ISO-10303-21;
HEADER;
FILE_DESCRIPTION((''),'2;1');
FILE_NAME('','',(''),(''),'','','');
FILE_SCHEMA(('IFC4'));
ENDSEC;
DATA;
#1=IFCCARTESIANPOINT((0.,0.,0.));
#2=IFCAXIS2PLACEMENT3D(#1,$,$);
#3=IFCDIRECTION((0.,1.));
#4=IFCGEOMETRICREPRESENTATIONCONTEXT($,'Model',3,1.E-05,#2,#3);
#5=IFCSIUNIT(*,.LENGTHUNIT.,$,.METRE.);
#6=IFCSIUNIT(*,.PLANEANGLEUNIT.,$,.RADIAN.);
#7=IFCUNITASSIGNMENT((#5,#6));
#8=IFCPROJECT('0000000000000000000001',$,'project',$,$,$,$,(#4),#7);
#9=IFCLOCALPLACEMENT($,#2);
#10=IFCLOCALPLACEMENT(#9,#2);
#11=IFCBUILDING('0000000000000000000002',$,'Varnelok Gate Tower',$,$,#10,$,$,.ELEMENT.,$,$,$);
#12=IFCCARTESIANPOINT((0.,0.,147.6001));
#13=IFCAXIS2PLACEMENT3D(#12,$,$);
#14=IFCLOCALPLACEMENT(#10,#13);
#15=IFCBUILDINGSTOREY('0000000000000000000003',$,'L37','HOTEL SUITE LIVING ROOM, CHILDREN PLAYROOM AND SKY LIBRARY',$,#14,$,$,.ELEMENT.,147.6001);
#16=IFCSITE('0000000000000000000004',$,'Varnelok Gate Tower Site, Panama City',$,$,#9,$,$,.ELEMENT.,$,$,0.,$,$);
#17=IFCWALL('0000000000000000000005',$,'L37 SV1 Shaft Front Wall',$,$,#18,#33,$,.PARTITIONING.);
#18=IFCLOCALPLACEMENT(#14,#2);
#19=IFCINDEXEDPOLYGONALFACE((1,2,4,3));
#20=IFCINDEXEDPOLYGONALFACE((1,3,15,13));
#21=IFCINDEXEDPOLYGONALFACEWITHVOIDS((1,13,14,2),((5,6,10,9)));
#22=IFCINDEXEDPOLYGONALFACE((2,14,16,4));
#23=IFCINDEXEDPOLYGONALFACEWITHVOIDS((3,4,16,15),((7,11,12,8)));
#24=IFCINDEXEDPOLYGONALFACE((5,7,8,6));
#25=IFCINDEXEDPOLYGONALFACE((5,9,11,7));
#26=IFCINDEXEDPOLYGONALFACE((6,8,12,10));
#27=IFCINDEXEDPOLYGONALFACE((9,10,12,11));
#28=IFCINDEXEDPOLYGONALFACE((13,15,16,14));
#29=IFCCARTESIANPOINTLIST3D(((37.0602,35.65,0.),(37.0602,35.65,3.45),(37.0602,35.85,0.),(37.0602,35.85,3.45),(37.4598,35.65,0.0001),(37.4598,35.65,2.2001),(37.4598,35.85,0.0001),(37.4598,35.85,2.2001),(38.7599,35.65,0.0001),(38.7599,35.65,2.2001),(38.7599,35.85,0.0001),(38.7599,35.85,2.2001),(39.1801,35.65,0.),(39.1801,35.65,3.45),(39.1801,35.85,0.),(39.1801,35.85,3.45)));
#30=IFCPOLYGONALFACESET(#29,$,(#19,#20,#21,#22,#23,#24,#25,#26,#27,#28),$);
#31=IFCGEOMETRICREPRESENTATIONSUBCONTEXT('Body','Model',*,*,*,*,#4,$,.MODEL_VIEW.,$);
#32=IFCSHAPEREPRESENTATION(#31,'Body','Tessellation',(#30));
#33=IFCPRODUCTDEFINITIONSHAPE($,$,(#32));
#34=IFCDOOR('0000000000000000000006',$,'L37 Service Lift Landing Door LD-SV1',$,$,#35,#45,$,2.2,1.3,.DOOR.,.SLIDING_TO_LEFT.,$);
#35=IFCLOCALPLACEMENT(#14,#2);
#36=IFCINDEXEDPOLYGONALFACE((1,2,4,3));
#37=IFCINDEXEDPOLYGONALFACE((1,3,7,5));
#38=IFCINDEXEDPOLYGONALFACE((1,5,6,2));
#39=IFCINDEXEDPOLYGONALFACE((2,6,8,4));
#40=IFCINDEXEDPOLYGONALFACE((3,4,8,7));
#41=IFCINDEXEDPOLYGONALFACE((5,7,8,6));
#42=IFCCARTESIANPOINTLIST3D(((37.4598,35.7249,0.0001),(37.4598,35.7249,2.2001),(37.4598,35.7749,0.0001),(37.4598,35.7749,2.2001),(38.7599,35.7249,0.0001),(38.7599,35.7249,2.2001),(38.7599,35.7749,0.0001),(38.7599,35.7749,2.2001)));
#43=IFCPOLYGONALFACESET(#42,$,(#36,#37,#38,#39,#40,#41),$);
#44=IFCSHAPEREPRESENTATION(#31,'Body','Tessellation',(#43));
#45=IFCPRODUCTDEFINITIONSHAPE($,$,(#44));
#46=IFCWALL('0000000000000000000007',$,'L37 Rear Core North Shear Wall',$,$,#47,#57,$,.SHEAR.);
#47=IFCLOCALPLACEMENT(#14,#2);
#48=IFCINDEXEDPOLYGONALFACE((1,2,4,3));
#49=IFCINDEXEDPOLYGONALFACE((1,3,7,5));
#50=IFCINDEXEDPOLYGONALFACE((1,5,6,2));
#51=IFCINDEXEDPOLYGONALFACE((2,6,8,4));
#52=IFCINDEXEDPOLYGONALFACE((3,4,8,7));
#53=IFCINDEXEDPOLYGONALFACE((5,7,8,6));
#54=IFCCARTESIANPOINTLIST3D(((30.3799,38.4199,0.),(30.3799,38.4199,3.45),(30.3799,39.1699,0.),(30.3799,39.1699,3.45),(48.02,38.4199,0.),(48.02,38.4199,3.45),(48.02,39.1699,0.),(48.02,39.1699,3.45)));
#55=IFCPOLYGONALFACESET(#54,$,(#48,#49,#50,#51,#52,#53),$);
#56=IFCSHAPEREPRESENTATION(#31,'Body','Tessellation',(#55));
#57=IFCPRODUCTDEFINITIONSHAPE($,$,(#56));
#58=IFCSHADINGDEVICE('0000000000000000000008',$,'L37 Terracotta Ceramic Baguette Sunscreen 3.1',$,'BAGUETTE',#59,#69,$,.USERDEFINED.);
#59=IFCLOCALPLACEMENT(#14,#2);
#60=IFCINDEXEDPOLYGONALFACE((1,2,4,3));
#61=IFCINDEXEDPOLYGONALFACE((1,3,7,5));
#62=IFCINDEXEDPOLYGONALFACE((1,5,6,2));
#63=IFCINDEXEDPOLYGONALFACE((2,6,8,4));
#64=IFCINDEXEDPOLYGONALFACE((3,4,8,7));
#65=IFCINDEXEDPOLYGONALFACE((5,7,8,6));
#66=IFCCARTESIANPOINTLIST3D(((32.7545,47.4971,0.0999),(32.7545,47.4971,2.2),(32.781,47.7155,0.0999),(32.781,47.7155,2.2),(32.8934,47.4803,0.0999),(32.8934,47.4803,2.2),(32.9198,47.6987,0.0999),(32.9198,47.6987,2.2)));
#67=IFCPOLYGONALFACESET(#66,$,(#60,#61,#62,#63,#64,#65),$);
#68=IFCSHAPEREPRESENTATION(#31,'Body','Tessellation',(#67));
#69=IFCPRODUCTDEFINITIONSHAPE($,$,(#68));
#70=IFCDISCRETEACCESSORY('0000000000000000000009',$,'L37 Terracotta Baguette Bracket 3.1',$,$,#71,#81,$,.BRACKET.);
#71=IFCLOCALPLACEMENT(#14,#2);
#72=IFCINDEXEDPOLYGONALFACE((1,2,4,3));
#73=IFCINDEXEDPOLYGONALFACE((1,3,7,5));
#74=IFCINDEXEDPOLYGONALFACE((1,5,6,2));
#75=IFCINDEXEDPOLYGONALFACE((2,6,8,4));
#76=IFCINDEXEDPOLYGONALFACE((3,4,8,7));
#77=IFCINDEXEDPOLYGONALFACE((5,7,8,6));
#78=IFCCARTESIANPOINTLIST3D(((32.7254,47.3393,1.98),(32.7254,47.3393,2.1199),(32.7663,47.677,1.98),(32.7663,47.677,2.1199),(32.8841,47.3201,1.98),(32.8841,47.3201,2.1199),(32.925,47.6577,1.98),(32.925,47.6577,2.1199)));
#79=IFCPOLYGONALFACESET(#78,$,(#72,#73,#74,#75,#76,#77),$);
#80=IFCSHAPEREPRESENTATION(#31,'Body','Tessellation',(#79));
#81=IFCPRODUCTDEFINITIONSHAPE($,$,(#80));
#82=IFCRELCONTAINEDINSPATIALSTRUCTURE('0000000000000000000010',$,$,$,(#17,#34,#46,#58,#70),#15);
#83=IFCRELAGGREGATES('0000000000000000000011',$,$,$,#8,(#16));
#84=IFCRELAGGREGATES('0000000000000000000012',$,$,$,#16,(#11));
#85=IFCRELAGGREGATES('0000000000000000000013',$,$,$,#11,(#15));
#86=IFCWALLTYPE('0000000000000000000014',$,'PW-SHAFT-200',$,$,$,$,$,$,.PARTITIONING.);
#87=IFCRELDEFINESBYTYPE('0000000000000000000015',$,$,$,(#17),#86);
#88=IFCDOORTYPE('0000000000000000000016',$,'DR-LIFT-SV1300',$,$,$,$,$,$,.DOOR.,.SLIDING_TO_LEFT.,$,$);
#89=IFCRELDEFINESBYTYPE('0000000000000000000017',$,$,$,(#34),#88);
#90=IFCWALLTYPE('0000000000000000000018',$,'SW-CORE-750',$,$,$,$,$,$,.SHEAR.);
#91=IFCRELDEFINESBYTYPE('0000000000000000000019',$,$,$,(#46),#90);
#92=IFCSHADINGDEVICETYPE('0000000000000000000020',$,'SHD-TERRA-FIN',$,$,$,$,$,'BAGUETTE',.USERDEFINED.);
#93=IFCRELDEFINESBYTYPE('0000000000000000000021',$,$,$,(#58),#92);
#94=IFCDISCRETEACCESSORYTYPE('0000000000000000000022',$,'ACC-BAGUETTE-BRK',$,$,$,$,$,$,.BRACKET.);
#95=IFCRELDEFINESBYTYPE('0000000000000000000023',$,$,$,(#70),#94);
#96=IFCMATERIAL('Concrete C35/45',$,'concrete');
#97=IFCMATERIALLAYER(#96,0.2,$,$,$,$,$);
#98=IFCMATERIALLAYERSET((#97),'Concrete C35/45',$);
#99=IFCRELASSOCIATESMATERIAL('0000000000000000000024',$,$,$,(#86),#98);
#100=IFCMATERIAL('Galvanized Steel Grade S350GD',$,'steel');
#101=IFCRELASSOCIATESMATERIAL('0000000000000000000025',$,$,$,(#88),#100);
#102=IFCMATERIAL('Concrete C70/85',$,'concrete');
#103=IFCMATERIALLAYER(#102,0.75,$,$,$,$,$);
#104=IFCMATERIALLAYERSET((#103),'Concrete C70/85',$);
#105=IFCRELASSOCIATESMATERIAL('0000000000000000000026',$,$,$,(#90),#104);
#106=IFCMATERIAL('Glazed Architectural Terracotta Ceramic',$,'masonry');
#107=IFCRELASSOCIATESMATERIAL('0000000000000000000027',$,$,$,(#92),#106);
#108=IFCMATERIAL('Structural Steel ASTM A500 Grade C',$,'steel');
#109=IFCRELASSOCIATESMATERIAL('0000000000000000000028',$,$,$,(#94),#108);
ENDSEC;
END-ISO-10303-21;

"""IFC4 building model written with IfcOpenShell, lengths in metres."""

from ifc_helpers import new_model, si_unit, direction, frame, frame_2d, origin, origin_2d, place, context, subcontext, project, spatial, rectangle, extrude, source, transform, mapped, material, layer, layer_set, type_object, element, fill, save


model = new_model("IFC4")

# Units and contexts
model_context = context("Model", 3, precision=1e-05, world=origin(), true_north=direction((0.0, 1.0)))
body_context = subcontext(model_context, "Body", "Model", "MODEL_VIEW")
ifc_project = project(units=[si_unit("LENGTHUNIT", "METRE"), si_unit("PLANEANGLEUNIT", "RADIAN")], contexts=[model_context])

# Site, building, storey
site_placement = place(None, origin())
site = spatial("IfcSite", under=ifc_project, at=site_placement, Name="Varnelok Gate Tower Site, Panama City", CompositionType="ELEMENT", RefElevation=0.0)
building_placement = place(site_placement, origin())
building = spatial("IfcBuilding", under=site, at=building_placement, Name="Varnelok Gate Tower", CompositionType="ELEMENT")
storey_placement = place(building_placement, frame((0.0, 0.0, 147.6001)))
storey = spatial("IfcBuildingStorey", under=building, at=storey_placement, Name="L37", Description="HOTEL SUITE LIVING ROOM, CHILDREN PLAYROOM AND SKY LIBRARY", CompositionType="ELEMENT", Elevation=147.6001)

# Shared definitions
ifc_material_1 = material(Name="Concrete C35/45", Category="concrete")
ifc_layer_1 = layer(ifc_material_1, 0.2)
ifc_layer_set_1 = layer_set([ifc_layer_1], Name="Concrete C35/45")
wall_type_1 = type_object("IfcWallType", Name="PW-SHAFT-200", PredefinedType="PARTITIONING", material=ifc_layer_set_1)

# Wall, opening, door
wall_1_placement = place(storey_placement, frame((37.0601, 35.75, 0.0), z_axis=(0.0, 0.0, 1.0), x_axis=(1.0, 0.0, 0.0)))
wall_1 = element("IfcWall", 1, at=wall_1_placement, inside=storey, type_object=wall_type_1, Name="L37 SV1 Shaft Front Wall", PredefinedType="PARTITIONING", context=body_context, shape_type="SweptSolid", body=[
    extrude(rectangle(XDim=2.1199, YDim=0.2, at=frame_2d((1.0601, 0.0))), origin(), (0.0, 0.0, 1.0), 3.45),
])
opening_1_placement = place(wall_1_placement, frame((0.3999, 0.0, 0.0)))
opening_1 = element("IfcOpeningElement", 2, at=opening_1_placement, cuts=wall_1, PredefinedType="OPENING", context=body_context, shape_type="SweptSolid", body=[
    extrude(rectangle(XDim=1.3, YDim=2.2, at=frame_2d((0.6499, 1.1001))), frame((0.0, 0.1099, 0.0), z_axis=(0.0, -1.0, 0.0), x_axis=(1.0, 0.0, 0.0)), (0.0, 0.0, 1.0), 0.22),
])
ifc_material_2 = material(Name="Galvanized Steel Grade S350GD", Category="steel")
door_type_1 = type_object("IfcDoorType", Name="DR-LIFT-SV1300", OperationType="SLIDING_TO_LEFT", PredefinedType="DOOR", material=ifc_material_2)
door_1_placement = place(opening_1_placement, origin())
door_1 = element("IfcDoor", 3, at=door_1_placement, inside=storey, type_object=door_type_1, Name="L37 Service Lift Landing Door LD-SV1", OperationType="SLIDING_TO_LEFT", OverallHeight=2.2, OverallWidth=1.3, PredefinedType="DOOR", context=body_context, shape_type="SweptSolid", body=[
    extrude(rectangle(XDim=1.3, YDim=2.2, at=frame_2d((0.6499, 1.1001))), frame((0.0, 0.0249, 0.0), z_axis=(0.0, -1.0, 0.0), x_axis=(1.0, 0.0, 0.0)), (0.0, 0.0, 1.0), 0.05),
])
fill(opening_1, door_1)

# Wall
ifc_material_3 = material(Name="Concrete C70/85", Category="concrete")
ifc_layer_2 = layer(ifc_material_3, 0.75)
ifc_layer_set_2 = layer_set([ifc_layer_2], Name="Concrete C70/85")
wall_type_2 = type_object("IfcWallType", Name="SW-CORE-750", PredefinedType="SHEAR", material=ifc_layer_set_2)
wall_2_placement = place(storey_placement, frame((30.3799, 38.7949, 0.0), z_axis=(0.0, 0.0, 1.0), x_axis=(1.0, 0.0, 0.0)))
element("IfcWall", 4, at=wall_2_placement, inside=storey, type_object=wall_type_2, Name="L37 Rear Core North Shear Wall", PredefinedType="SHEAR", context=body_context, shape_type="SweptSolid", body=[
    extrude(rectangle(XDim=17.6401, YDim=0.75, at=frame_2d((8.8201, 0.0))), origin(), (0.0, 0.0, 1.0), 3.45),
])

# Shading device
ifc_material_4 = material(Name="Glazed Architectural Terracotta Ceramic", Category="masonry")
shading_device_type = type_object("IfcShadingDeviceType", Name="SHD-TERRA-FIN", ElementType="BAGUETTE", PredefinedType="USERDEFINED", material=ifc_material_4)
shared_shape_1 = source(origin(), body_context, "Body", "SweptSolid", [
    extrude(rectangle(XDim=0.1399, YDim=0.22, at=origin_2d()), origin(), (0.0, 0.0, 1.0), 2.1001),
])
shading_device_placement = place(storey_placement, frame((32.8372, 47.5979, 0.0999), z_axis=(0.0, 0.0, 1.0), x_axis=(0.992732, -0.120345, 0.0)))
element("IfcShadingDevice", 5, at=shading_device_placement, inside=storey, type_object=shading_device_type, Name="L37 Terracotta Ceramic Baguette Sunscreen 3.1", ObjectType="BAGUETTE", PredefinedType="USERDEFINED", context=body_context, shape_type="MappedRepresentation", body=[
    mapped(shared_shape_1, transform((0.0, 0.0, 0.0), scale=1.0)),
])

# Discrete accessory
ifc_material_5 = material(Name="Structural Steel ASTM A500 Grade C", Category="steel")
discrete_accessory_type = type_object("IfcDiscreteAccessoryType", Name="ACC-BAGUETTE-BRK", PredefinedType="BRACKET", material=ifc_material_5)
shared_shape_2 = source(origin(), body_context, "Body", "SweptSolid", [
    extrude(rectangle(XDim=0.1599, YDim=0.3401, at=origin_2d()), origin(), (0.0, 0.0, 1.0), 0.1399),
])
discrete_accessory_placement = place(storey_placement, frame((32.8252, 47.4985, 1.98), z_axis=(0.0, 0.0, 1.0), x_axis=(0.992732, -0.120345, 0.0)))
element("IfcDiscreteAccessory", 6, at=discrete_accessory_placement, inside=storey, type_object=discrete_accessory_type, Name="L37 Terracotta Baguette Bracket 3.1", PredefinedType="BRACKET", context=body_context, shape_type="MappedRepresentation", body=[
    mapped(shared_shape_2, transform((0.0, 0.0, 0.0), scale=1.0)),
])

save(model, "model.ifc")
